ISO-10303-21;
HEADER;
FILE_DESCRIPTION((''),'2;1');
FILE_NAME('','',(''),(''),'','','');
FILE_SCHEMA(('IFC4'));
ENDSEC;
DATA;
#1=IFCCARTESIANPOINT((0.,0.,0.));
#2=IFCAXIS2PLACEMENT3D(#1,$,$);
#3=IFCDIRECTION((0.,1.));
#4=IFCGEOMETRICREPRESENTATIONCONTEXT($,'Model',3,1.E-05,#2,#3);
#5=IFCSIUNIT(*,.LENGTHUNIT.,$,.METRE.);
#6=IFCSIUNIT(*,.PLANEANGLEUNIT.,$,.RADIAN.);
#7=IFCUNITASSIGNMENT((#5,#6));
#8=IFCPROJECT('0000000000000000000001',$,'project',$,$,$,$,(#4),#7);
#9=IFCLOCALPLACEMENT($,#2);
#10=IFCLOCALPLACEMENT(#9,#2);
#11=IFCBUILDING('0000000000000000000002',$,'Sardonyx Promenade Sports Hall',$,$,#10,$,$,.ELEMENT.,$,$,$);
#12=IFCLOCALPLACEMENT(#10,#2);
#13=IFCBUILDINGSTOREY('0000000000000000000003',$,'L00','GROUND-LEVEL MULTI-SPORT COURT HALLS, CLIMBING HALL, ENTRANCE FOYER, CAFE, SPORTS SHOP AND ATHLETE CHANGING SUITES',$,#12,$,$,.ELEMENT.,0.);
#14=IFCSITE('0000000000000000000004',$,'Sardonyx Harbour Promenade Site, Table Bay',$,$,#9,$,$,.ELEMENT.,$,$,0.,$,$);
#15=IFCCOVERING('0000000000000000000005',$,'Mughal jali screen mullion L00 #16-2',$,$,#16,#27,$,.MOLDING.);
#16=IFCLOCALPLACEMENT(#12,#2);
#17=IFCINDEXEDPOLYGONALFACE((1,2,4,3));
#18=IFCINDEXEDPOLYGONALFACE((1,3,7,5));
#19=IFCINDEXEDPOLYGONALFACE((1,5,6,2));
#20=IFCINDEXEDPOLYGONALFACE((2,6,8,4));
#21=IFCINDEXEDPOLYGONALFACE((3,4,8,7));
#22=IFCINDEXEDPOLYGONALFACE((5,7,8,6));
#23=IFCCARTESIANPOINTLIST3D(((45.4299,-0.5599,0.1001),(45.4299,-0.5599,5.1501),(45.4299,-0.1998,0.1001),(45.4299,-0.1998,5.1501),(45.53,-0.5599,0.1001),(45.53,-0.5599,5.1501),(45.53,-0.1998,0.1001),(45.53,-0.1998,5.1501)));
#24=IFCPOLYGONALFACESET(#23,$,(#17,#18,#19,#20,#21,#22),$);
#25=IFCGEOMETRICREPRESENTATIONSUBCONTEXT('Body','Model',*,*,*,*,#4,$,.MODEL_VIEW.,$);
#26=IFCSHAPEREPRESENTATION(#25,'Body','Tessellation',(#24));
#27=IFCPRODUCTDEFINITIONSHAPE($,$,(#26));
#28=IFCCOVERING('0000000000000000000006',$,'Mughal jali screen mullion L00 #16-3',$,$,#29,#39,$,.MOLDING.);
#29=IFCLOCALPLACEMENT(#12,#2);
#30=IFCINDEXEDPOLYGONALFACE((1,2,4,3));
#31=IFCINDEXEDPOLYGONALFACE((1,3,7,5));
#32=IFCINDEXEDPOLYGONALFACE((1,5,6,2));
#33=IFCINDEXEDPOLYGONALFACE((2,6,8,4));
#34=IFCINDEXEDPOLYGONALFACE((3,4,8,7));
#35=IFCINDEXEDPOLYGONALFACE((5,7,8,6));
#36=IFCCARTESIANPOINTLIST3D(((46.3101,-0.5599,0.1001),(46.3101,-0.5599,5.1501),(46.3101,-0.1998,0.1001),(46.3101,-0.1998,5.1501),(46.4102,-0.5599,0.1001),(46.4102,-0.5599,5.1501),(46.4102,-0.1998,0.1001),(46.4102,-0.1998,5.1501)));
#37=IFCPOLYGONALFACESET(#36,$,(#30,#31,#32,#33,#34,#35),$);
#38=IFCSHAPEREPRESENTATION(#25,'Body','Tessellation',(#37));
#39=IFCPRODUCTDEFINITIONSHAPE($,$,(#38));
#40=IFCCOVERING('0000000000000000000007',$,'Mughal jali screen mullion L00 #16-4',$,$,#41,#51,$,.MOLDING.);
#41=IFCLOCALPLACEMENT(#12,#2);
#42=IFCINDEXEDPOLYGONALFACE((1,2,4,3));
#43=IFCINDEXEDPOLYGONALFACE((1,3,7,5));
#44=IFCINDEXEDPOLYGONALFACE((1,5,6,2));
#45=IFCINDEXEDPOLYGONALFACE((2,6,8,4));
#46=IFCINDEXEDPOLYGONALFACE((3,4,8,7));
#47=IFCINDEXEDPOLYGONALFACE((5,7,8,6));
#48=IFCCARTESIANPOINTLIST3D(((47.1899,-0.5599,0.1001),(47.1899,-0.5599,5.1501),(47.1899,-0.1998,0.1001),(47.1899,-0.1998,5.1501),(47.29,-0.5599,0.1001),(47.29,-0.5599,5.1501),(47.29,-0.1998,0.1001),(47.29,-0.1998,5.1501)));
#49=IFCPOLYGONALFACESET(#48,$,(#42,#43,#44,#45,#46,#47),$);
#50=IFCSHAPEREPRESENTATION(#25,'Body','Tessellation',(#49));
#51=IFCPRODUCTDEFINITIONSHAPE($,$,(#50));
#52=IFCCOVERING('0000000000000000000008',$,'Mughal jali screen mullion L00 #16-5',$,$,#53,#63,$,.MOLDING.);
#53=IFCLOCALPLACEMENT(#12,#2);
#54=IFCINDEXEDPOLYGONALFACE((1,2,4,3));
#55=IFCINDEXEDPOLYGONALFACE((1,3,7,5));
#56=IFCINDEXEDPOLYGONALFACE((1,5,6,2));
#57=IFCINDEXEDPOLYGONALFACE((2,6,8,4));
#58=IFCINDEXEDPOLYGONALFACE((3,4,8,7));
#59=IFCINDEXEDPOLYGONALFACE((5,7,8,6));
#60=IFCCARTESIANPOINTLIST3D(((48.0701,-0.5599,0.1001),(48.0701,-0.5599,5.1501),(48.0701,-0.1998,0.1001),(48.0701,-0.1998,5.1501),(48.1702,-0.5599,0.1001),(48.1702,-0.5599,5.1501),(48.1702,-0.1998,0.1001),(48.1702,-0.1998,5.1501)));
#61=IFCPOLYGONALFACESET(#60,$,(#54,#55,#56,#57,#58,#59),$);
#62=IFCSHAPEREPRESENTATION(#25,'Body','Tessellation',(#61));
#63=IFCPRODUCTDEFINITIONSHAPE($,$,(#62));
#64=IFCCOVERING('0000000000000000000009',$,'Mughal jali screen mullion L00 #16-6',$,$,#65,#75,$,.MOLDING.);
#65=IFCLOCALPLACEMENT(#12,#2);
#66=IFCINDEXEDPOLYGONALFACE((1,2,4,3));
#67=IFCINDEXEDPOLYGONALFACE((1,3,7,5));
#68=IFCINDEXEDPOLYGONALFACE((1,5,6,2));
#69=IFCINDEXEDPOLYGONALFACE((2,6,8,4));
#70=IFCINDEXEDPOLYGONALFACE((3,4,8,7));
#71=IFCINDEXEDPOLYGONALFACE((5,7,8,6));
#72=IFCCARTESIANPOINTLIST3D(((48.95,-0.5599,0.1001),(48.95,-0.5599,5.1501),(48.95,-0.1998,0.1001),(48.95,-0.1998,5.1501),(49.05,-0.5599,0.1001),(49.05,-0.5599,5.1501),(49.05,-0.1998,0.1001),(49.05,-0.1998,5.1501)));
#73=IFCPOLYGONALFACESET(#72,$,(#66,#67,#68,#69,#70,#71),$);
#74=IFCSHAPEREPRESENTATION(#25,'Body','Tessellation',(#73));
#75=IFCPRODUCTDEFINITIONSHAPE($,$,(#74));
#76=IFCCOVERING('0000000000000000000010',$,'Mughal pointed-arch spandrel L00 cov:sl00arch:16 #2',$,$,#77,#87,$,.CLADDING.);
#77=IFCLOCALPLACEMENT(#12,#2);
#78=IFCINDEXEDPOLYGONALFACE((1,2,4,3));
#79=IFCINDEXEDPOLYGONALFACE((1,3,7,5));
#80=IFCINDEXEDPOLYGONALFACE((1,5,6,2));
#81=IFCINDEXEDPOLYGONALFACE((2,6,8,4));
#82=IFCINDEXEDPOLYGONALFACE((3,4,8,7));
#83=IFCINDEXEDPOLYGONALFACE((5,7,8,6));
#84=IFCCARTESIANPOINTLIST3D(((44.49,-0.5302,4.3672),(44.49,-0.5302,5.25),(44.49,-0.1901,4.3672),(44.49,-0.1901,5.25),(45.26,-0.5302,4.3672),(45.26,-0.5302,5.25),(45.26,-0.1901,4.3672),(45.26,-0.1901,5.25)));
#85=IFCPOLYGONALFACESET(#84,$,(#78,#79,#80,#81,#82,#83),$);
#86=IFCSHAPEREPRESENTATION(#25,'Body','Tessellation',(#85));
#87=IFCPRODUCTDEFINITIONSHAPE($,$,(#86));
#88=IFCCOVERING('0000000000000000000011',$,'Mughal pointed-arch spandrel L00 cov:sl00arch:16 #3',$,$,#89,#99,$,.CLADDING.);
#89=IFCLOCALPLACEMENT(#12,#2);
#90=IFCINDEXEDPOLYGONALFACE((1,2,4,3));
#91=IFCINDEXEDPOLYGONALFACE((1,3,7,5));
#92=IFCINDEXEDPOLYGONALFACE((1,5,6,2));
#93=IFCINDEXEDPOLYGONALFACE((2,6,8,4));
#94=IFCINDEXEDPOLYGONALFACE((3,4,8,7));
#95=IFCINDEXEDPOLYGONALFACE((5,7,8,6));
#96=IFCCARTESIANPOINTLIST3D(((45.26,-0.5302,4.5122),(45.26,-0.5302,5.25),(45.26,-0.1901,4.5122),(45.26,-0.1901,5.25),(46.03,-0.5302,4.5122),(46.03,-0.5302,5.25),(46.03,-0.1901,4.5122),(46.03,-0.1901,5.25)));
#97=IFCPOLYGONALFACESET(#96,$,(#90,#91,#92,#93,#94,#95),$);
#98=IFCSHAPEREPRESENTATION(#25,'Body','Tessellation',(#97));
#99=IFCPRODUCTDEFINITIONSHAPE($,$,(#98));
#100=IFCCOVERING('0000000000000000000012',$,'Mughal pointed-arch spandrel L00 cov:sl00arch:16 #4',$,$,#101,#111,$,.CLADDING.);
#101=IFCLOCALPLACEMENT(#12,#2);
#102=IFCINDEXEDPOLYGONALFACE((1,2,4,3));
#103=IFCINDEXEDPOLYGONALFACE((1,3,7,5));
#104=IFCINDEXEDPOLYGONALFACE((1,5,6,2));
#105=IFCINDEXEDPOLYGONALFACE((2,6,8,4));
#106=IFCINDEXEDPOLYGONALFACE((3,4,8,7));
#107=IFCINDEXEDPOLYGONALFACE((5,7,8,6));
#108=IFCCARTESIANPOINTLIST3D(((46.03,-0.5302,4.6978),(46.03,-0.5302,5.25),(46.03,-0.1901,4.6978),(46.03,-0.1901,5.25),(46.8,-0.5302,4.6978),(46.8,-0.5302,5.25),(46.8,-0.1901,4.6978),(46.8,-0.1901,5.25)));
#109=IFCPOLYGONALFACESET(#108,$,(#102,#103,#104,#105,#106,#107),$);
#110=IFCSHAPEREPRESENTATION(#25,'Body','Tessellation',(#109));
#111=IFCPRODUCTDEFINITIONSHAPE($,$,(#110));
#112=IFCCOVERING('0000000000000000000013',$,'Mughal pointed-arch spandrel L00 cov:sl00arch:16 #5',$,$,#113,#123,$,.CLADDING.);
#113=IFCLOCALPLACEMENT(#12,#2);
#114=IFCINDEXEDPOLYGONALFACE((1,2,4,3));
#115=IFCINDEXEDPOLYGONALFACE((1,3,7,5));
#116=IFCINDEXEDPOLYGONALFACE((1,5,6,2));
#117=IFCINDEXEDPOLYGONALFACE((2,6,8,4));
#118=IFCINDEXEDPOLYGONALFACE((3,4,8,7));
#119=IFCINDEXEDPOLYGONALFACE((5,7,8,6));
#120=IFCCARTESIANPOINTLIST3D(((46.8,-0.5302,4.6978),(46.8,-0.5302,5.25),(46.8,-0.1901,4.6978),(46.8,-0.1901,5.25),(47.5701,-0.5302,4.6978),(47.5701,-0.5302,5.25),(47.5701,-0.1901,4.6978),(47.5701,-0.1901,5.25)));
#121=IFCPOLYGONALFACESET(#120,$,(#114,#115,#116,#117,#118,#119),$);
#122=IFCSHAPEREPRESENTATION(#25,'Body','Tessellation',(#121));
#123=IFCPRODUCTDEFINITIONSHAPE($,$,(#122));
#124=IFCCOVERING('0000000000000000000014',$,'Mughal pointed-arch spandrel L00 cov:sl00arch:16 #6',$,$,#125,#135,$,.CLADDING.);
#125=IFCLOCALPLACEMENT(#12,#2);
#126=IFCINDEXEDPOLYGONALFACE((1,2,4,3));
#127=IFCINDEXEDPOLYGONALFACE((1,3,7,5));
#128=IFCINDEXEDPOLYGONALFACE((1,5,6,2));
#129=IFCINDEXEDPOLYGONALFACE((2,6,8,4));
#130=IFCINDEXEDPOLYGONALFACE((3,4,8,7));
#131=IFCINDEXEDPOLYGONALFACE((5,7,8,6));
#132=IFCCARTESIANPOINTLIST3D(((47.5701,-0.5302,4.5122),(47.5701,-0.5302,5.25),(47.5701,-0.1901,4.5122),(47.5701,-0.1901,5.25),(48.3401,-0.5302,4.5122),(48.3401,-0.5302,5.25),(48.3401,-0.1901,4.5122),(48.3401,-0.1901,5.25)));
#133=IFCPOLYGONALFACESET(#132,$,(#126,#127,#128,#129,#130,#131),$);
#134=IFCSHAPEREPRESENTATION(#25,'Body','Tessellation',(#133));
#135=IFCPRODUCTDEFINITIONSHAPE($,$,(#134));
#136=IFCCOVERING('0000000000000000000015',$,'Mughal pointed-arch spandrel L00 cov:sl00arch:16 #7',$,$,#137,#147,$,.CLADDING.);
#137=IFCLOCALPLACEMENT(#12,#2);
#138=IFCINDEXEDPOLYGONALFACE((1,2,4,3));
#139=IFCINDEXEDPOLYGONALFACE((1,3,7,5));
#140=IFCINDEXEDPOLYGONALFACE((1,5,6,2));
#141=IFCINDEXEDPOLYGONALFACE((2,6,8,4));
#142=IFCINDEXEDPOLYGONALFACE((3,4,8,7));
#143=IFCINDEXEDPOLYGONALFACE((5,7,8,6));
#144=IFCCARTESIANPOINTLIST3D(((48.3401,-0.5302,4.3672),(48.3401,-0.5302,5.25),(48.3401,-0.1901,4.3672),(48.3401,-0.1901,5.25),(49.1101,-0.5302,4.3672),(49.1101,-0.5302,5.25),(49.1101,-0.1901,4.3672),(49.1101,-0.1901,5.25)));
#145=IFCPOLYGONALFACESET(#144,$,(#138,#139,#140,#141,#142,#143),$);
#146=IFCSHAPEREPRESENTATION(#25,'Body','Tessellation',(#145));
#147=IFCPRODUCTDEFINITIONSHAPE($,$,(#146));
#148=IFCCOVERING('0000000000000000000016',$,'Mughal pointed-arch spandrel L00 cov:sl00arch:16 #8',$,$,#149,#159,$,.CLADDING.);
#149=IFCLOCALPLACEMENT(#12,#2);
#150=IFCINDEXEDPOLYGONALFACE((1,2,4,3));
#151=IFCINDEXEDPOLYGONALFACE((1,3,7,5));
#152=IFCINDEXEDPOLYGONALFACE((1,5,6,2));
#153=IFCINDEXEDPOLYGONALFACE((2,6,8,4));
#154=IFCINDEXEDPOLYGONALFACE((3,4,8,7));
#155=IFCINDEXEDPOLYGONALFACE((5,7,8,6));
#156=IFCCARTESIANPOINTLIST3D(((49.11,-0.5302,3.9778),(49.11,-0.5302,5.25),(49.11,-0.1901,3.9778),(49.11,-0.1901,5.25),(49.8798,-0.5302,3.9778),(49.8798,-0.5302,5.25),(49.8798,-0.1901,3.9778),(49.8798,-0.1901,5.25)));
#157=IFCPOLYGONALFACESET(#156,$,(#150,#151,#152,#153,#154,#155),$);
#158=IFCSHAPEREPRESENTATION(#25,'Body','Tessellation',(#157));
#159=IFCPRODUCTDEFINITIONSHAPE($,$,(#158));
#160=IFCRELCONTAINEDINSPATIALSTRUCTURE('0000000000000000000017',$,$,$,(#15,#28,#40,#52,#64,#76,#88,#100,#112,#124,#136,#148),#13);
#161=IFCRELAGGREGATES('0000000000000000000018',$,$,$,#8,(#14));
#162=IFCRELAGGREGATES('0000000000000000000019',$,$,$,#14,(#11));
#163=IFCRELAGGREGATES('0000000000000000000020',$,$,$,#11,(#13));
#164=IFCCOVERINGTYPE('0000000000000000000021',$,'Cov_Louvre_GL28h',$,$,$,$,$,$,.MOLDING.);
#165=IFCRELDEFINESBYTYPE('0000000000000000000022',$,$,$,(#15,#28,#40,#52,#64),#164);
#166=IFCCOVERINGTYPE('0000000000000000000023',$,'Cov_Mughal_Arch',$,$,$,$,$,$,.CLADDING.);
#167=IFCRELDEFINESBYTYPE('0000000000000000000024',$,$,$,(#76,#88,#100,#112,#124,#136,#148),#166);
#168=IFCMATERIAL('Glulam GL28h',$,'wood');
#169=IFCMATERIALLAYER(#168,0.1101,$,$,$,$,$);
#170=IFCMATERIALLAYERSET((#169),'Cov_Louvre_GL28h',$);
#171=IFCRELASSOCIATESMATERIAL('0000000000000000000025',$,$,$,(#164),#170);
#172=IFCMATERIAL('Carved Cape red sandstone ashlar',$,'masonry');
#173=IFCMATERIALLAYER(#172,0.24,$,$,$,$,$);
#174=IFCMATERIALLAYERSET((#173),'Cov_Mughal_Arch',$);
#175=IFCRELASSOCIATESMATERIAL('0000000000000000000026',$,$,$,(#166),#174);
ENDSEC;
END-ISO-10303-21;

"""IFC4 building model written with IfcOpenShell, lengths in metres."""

from ifc_helpers import new_model, si_unit, direction, frame, frame_2d, origin, origin_2d, place, context, subcontext, project, spatial, rectangle, extrude, material, layer, layer_set, type_object, element, save


model = new_model("IFC4")

# Units and contexts
model_context = context("Model", 3, precision=1e-05, world=origin(), true_north=direction((0.0, 1.0)))
body_context = subcontext(model_context, "Body", "Model", "MODEL_VIEW")
ifc_project = project(units=[si_unit("LENGTHUNIT", "METRE"), si_unit("PLANEANGLEUNIT", "RADIAN")], contexts=[model_context])

# Site, building, storey
site_placement = place(None, origin())
site = spatial("IfcSite", under=ifc_project, at=site_placement, Name="Sardonyx Harbour Promenade Site, Table Bay", CompositionType="ELEMENT", RefElevation=0.0)
building_placement = place(site_placement, origin())
building = spatial("IfcBuilding", under=site, at=building_placement, Name="Sardonyx Promenade Sports Hall", CompositionType="ELEMENT")
storey_placement = place(building_placement, origin())
storey = spatial("IfcBuildingStorey", under=building, at=storey_placement, Name="L00", Description="GROUND-LEVEL MULTI-SPORT COURT HALLS, CLIMBING HALL, ENTRANCE FOYER, CAFE, SPORTS SHOP AND ATHLETE CHANGING SUITES", CompositionType="ELEMENT", Elevation=0.0)

# Coverings
ifc_material_1 = material(Name="Glulam GL28h", Category="wood")
ifc_layer_1 = layer(ifc_material_1, 0.1101)
ifc_layer_set_1 = layer_set([ifc_layer_1], Name="Cov_Louvre_GL28h")
covering_type_1 = type_object("IfcCoveringType", Name="Cov_Louvre_GL28h", PredefinedType="MOLDING", material=ifc_layer_set_1)
for number, where, z_axis, x_axis, name in (
    (1, (45.48, -0.3799, 0.1001), (0.0, 0.0, 1.0), (1.0, 0.0, 0.0), "Mughal jali screen mullion L00 #16-2"),
    (2, (46.3601, -0.3799, 0.1001), (0.0, 0.0, 1.0), (1.0, 0.0, 0.0), "Mughal jali screen mullion L00 #16-3"),
    (3, (47.24, -0.3799, 0.1001), (0.0, 0.0, 1.0), (1.0, 0.0, 0.0), "Mughal jali screen mullion L00 #16-4"),
    (4, (48.1201, -0.3799, 0.1001), (0.0, 0.0, 1.0), (1.0, 0.0, 0.0), "Mughal jali screen mullion L00 #16-5"),
    (5, (49.0, -0.3799, 0.1001), (0.0, 0.0, 1.0), (1.0, 0.0, 0.0), "Mughal jali screen mullion L00 #16-6"),
):
    element("IfcCovering", number, at=place(storey_placement, frame(where, z_axis=z_axis, x_axis=x_axis)), inside=storey, type_object=covering_type_1, Name=name, PredefinedType="MOLDING", context=body_context, shape_type="SweptSolid", body=[
        extrude(rectangle(XDim=0.1001, YDim=0.3601, at=origin_2d()), origin(), (0.0, 0.0, 1.0), 5.05),
    ])
ifc_material_2 = material(Name="Carved Cape red sandstone ashlar", Category="masonry")
ifc_layer_2 = layer(ifc_material_2, 0.24)
ifc_layer_set_2 = layer_set([ifc_layer_2], Name="Cov_Mughal_Arch")
covering_type_2 = type_object("IfcCoveringType", Name="Cov_Mughal_Arch", PredefinedType="CLADDING", material=ifc_layer_set_2)
covering_1_placement = place(storey_placement, frame((44.49, -0.3601, 4.3672), z_axis=(0.0, 0.0, 1.0), x_axis=(1.0, 0.0, 0.0)))
element("IfcCovering", 6, at=covering_1_placement, inside=storey, type_object=covering_type_2, Name="Mughal pointed-arch spandrel L00 cov:sl00arch:16 #2", PredefinedType="CLADDING", context=body_context, shape_type="SweptSolid", body=[
    extrude(rectangle(XDim=0.77, YDim=0.3401, at=frame_2d((0.385, 0.0))), origin(), (0.0, 0.0, 1.0), 0.8828),
])
covering_2_placement = place(storey_placement, frame((45.26, -0.3601, 4.5122), z_axis=(0.0, 0.0, 1.0), x_axis=(1.0, 0.0, 0.0)))
element("IfcCovering", 7, at=covering_2_placement, inside=storey, type_object=covering_type_2, Name="Mughal pointed-arch spandrel L00 cov:sl00arch:16 #3", PredefinedType="CLADDING", context=body_context, shape_type="SweptSolid", body=[
    extrude(rectangle(XDim=0.77, YDim=0.3401, at=frame_2d((0.385, 0.0))), origin(), (0.0, 0.0, 1.0), 0.7378),
])
for number, where, z_axis, x_axis, name in (
    (8, (46.03, -0.3601, 4.6978), (0.0, 0.0, 1.0), (1.0, 0.0, 0.0), "Mughal pointed-arch spandrel L00 cov:sl00arch:16 #4"),
    (9, (46.8, -0.3601, 4.6978), (0.0, 0.0, 1.0), (1.0, 0.0, 0.0), "Mughal pointed-arch spandrel L00 cov:sl00arch:16 #5"),
):
    element("IfcCovering", number, at=place(storey_placement, frame(where, z_axis=z_axis, x_axis=x_axis)), inside=storey, type_object=covering_type_2, Name=name, PredefinedType="CLADDING", context=body_context, shape_type="SweptSolid", body=[
        extrude(rectangle(XDim=0.77, YDim=0.3401, at=frame_2d((0.385, 0.0))), origin(), (0.0, 0.0, 1.0), 0.5522),
    ])
covering_3_placement = place(storey_placement, frame((47.5701, -0.3601, 4.5122), z_axis=(0.0, 0.0, 1.0), x_axis=(1.0, 0.0, 0.0)))
element("IfcCovering", 10, at=covering_3_placement, inside=storey, type_object=covering_type_2, Name="Mughal pointed-arch spandrel L00 cov:sl00arch:16 #6", PredefinedType="CLADDING", context=body_context, shape_type="SweptSolid", body=[
    extrude(rectangle(XDim=0.77, YDim=0.3401, at=frame_2d((0.385, 0.0))), origin(), (0.0, 0.0, 1.0), 0.7378),
])
covering_4_placement = place(storey_placement, frame((48.3401, -0.3601, 4.3672), z_axis=(0.0, 0.0, 1.0), x_axis=(1.0, 0.0, 0.0)))
element("IfcCovering", 11, at=covering_4_placement, inside=storey, type_object=covering_type_2, Name="Mughal pointed-arch spandrel L00 cov:sl00arch:16 #7", PredefinedType="CLADDING", context=body_context, shape_type="SweptSolid", body=[
    extrude(rectangle(XDim=0.77, YDim=0.3401, at=frame_2d((0.385, 0.0))), origin(), (0.0, 0.0, 1.0), 0.8828),
])
covering_5_placement = place(storey_placement, frame((49.1101, -0.3601, 3.9778), z_axis=(0.0, 0.0, 1.0), x_axis=(1.0, 0.0, 0.0)))
element("IfcCovering", 12, at=covering_5_placement, inside=storey, type_object=covering_type_2, Name="Mughal pointed-arch spandrel L00 cov:sl00arch:16 #8", PredefinedType="CLADDING", context=body_context, shape_type="SweptSolid", body=[
    extrude(rectangle(XDim=0.7698, YDim=0.3401, at=frame_2d((0.3848, 0.0))), origin(), (0.0, 0.0, 1.0), 1.2722),
])

save(model, "model.ifc")
